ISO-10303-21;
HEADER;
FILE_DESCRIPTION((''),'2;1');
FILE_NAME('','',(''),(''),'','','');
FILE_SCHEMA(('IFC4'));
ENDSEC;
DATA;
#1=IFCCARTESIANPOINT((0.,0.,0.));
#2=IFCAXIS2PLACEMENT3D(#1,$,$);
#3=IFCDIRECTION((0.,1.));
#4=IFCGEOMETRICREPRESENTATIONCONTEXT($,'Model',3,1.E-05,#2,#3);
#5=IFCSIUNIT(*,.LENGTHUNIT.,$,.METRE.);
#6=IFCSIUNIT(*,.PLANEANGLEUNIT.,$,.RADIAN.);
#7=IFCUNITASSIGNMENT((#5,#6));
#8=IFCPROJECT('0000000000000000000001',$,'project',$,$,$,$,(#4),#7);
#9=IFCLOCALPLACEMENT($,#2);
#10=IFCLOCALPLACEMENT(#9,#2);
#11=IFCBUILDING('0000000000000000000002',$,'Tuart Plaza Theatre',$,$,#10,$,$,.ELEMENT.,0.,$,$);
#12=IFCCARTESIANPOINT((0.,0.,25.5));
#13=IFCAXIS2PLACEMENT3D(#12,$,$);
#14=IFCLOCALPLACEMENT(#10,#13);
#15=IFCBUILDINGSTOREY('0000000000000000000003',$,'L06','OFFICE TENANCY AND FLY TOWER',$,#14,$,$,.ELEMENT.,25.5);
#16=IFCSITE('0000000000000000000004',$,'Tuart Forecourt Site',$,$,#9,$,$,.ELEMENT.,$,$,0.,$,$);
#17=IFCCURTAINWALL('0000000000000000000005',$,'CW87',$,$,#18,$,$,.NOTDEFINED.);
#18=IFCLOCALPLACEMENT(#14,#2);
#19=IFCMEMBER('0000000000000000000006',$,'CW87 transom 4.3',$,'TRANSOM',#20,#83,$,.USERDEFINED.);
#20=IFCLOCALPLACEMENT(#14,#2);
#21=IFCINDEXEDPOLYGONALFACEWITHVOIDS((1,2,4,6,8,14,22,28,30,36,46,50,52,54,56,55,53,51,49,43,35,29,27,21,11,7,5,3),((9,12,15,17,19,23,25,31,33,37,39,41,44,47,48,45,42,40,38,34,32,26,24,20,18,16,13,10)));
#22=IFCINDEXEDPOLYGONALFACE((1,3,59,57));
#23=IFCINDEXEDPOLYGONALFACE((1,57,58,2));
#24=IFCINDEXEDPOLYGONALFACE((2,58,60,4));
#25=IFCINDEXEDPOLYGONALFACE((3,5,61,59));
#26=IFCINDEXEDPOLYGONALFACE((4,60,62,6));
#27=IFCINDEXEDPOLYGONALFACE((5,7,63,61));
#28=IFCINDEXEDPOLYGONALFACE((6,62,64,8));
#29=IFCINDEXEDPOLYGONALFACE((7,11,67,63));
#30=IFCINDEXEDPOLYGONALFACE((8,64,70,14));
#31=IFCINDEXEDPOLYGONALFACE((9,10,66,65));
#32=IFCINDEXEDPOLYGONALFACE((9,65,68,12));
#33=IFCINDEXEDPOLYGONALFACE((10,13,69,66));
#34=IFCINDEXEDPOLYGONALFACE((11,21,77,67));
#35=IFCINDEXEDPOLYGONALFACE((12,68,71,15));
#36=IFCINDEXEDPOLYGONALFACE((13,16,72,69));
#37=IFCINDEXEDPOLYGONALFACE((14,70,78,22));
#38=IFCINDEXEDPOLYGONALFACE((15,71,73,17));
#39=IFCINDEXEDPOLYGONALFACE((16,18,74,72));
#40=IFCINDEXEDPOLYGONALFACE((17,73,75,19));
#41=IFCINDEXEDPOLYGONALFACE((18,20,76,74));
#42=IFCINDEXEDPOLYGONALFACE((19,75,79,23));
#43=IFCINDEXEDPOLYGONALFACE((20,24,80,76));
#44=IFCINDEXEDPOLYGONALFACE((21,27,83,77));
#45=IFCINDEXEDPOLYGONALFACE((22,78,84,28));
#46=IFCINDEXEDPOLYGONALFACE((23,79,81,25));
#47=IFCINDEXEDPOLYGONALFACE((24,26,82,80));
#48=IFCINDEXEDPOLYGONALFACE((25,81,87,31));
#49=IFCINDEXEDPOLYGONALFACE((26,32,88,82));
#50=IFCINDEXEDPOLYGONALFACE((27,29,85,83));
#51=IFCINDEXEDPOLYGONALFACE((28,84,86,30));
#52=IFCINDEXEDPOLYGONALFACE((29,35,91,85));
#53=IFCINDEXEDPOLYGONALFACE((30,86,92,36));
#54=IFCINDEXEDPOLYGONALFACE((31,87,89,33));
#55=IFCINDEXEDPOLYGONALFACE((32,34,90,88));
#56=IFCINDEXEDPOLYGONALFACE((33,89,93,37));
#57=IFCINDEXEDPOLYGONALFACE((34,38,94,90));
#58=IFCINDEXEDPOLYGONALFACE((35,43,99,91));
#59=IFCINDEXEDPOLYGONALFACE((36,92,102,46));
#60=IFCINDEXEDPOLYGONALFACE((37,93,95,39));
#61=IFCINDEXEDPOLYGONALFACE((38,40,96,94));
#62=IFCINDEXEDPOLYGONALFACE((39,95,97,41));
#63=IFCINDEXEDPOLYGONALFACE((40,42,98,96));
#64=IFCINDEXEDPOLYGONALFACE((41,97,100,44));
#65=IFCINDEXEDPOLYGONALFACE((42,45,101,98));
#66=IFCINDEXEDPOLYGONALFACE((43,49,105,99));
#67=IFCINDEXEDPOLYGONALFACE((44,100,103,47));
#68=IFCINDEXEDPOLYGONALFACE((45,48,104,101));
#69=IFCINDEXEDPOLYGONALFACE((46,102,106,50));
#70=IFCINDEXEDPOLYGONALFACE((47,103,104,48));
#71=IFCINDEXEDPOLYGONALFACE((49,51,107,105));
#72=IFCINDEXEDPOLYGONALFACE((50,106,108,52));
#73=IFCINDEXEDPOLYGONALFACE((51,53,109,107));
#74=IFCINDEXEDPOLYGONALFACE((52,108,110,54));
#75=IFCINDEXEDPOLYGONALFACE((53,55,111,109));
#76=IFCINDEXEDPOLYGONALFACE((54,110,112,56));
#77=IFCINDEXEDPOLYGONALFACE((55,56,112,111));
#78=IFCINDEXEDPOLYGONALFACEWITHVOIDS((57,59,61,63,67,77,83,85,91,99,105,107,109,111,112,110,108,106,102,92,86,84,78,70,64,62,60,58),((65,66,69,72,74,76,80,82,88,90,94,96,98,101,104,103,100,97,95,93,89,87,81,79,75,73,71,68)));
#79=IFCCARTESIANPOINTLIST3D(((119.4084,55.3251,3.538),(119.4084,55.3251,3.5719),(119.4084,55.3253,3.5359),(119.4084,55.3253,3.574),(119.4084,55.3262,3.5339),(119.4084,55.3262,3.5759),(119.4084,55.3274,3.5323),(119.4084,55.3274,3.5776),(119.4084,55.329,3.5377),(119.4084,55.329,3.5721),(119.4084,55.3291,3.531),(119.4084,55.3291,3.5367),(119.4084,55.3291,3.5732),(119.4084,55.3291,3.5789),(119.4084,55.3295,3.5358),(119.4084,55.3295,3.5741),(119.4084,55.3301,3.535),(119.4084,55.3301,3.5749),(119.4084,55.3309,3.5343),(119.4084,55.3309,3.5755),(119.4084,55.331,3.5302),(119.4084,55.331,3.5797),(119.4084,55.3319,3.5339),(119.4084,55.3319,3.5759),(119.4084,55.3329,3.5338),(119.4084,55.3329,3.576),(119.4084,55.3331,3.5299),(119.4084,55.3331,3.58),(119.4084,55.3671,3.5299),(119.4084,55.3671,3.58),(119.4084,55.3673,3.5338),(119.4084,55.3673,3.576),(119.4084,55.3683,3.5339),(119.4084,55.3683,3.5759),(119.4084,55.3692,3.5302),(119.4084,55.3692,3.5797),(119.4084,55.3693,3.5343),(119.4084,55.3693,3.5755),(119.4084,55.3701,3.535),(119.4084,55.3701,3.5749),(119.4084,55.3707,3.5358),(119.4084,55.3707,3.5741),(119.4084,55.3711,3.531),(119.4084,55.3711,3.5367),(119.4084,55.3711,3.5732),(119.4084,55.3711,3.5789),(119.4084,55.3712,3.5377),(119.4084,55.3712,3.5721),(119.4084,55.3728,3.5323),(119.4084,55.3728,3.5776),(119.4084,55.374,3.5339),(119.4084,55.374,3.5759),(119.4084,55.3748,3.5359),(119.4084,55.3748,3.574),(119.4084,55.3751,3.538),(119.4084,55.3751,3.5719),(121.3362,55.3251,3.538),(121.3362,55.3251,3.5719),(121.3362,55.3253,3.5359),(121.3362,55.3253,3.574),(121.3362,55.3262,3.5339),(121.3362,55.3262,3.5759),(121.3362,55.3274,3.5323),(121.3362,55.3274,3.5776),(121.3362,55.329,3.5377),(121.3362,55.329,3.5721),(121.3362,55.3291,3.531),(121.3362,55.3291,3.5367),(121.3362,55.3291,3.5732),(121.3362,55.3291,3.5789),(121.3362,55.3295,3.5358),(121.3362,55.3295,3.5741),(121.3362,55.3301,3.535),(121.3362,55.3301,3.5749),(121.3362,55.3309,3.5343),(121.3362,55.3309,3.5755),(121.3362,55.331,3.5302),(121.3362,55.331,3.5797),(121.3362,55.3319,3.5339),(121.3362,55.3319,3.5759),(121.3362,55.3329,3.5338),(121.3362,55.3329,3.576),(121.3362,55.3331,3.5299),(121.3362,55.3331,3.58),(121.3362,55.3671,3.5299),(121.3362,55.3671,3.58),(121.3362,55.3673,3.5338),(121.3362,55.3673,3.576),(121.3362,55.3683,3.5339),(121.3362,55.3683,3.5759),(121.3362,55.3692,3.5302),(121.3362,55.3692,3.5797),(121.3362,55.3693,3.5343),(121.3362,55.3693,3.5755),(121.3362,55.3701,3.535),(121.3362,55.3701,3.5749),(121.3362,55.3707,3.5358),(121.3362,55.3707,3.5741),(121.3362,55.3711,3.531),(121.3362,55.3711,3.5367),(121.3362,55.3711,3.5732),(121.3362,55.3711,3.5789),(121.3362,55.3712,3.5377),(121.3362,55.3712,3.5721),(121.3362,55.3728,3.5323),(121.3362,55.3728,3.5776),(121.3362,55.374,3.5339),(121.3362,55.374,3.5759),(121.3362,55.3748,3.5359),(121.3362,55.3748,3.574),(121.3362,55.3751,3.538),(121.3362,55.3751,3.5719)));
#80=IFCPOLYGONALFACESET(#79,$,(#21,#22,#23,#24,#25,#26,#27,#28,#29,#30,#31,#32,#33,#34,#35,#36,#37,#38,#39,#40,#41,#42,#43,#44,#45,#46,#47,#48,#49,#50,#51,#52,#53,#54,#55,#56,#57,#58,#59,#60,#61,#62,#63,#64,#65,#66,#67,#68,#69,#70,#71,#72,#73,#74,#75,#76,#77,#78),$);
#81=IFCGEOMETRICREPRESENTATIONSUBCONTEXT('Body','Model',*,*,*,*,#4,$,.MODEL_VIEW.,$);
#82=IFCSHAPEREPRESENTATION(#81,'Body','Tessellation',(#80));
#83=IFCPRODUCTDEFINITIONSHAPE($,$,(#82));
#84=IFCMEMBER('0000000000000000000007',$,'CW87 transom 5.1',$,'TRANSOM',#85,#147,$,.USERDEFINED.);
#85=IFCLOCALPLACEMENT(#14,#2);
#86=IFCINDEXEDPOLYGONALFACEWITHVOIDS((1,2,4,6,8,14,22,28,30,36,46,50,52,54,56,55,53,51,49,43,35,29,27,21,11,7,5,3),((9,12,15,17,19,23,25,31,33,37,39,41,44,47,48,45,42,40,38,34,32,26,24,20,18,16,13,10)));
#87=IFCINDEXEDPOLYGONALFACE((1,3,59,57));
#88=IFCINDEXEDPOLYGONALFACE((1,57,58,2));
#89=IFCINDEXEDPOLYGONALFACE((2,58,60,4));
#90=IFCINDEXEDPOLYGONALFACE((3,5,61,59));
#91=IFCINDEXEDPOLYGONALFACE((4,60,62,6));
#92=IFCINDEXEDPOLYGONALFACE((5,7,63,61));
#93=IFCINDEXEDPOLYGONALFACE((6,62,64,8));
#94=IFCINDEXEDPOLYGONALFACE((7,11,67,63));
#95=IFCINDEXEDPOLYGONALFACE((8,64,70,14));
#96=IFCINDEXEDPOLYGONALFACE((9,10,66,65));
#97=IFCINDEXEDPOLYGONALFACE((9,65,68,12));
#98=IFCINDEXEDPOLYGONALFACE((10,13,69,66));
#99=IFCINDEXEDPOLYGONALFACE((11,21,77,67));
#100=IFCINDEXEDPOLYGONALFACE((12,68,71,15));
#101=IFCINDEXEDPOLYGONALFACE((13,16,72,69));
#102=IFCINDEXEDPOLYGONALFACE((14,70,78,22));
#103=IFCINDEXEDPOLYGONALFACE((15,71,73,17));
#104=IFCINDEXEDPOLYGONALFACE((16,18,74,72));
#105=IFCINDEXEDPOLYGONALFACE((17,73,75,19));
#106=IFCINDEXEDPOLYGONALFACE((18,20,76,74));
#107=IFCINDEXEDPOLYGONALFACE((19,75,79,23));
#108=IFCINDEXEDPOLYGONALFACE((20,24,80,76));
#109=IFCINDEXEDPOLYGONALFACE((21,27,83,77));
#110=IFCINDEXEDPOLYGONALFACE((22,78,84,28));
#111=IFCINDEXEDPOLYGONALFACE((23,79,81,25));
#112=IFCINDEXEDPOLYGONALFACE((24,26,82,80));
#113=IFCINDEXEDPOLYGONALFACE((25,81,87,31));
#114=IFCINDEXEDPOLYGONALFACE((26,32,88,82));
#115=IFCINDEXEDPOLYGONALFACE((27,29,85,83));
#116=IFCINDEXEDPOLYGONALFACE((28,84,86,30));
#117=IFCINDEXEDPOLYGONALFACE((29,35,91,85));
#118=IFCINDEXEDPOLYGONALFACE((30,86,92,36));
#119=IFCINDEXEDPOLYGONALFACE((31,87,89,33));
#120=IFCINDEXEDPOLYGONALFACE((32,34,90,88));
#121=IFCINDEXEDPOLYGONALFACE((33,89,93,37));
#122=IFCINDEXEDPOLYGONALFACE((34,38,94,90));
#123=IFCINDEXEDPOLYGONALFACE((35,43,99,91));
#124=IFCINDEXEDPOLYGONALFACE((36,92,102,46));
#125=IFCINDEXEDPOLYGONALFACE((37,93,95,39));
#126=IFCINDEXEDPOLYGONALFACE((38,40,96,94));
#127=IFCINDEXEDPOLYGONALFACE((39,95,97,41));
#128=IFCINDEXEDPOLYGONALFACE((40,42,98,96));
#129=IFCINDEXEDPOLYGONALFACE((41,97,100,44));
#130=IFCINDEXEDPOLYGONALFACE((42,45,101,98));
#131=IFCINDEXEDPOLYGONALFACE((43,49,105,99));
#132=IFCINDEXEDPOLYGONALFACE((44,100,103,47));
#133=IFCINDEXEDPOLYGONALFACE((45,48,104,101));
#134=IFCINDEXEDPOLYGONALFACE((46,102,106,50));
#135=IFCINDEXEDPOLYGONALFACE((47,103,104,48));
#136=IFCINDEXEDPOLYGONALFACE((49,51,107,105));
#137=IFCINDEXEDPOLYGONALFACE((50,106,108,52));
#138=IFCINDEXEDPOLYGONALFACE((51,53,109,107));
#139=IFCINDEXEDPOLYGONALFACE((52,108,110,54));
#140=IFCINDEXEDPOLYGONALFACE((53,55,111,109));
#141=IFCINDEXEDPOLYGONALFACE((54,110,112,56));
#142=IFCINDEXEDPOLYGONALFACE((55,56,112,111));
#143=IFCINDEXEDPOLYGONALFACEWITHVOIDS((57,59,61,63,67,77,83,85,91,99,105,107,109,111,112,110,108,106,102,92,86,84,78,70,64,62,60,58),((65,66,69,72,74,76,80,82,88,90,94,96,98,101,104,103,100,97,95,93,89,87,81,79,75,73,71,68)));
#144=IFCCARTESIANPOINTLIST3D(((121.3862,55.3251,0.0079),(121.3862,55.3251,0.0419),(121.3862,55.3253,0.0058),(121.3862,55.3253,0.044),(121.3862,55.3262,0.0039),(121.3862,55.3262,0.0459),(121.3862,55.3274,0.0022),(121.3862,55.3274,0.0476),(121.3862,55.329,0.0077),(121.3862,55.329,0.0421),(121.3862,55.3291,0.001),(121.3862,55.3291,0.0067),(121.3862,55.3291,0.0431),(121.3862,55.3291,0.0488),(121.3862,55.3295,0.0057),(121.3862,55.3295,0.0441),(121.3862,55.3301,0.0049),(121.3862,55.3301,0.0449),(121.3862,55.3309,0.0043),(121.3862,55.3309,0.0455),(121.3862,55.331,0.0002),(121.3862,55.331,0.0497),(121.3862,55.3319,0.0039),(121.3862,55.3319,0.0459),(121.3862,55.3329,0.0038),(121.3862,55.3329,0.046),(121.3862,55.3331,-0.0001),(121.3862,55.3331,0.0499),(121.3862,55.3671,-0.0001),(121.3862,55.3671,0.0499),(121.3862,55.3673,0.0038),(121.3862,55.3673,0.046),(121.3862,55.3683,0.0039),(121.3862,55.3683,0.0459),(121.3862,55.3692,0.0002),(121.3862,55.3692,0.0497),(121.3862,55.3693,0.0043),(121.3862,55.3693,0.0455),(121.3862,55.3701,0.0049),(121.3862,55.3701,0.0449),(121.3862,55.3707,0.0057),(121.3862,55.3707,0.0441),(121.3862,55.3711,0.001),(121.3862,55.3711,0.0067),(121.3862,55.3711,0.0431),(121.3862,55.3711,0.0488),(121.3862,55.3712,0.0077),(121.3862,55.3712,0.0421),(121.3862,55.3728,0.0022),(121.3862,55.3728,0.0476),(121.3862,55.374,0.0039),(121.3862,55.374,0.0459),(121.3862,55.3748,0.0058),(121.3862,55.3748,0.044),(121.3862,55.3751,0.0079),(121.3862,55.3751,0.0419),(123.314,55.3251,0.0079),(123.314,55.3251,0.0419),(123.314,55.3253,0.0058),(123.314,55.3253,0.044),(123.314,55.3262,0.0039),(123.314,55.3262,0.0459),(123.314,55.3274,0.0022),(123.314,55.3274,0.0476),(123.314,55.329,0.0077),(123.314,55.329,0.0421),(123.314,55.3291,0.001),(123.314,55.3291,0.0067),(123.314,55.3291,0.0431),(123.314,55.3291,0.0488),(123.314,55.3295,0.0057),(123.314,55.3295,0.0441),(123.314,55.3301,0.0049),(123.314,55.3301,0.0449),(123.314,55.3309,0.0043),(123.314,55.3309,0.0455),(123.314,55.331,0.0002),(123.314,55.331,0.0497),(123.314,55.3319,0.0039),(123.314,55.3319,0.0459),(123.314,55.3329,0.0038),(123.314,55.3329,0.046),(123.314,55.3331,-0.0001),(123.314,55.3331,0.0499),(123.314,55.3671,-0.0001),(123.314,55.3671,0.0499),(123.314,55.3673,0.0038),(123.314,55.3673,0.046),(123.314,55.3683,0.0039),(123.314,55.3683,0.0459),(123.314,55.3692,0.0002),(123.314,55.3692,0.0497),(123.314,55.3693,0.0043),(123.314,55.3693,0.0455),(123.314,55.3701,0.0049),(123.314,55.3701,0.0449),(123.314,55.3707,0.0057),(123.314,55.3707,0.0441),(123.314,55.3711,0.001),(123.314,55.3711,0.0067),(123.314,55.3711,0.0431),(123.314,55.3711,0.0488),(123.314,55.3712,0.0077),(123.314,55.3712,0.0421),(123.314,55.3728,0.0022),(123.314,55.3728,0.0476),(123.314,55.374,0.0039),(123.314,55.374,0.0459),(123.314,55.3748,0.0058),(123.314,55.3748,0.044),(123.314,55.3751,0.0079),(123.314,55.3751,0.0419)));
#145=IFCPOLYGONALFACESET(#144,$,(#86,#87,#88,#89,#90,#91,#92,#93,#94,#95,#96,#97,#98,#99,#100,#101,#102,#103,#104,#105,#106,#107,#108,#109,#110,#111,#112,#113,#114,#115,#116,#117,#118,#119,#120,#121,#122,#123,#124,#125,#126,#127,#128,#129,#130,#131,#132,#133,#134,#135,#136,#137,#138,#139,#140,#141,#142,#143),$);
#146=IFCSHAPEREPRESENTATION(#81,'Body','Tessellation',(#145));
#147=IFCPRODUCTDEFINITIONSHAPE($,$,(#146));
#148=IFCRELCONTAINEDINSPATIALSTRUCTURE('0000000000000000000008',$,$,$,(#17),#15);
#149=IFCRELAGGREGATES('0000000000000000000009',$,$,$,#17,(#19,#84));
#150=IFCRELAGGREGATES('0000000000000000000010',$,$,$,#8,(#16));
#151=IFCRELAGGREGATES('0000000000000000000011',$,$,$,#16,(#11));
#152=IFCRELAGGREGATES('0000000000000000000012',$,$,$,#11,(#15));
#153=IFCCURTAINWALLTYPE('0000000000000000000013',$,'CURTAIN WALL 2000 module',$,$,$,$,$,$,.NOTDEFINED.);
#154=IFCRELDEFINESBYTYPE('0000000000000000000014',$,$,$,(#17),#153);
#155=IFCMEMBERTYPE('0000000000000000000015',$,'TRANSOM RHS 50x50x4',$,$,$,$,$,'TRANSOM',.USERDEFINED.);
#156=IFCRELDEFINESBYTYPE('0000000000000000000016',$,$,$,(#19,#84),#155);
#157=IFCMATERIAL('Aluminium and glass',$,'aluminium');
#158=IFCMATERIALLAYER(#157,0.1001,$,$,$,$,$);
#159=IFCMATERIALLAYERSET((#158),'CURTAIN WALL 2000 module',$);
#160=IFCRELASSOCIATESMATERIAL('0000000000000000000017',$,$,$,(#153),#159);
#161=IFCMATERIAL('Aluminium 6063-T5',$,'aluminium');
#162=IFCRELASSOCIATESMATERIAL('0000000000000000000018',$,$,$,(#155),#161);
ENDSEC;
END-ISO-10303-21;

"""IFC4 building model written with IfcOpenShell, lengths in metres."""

from ifc_helpers import new_model, si_unit, direction, frame, origin, origin_2d, place, context, subcontext, project, spatial, hollow_rectangle, extrude, material, layer, layer_set, material_profile, profile_set, type_object, element, aggregate, save


model = new_model("IFC4")

# Units and contexts
model_context = context("Model", 3, precision=1e-05, world=origin(), true_north=direction((0.0, 1.0)))
body_context = subcontext(model_context, "Body", "Model", "MODEL_VIEW")
ifc_project = project(units=[si_unit("LENGTHUNIT", "METRE"), si_unit("PLANEANGLEUNIT", "RADIAN")], contexts=[model_context])

# Site, building, storey
site_placement = place(None, origin())
site = spatial("IfcSite", under=ifc_project, at=site_placement, Name="Tuart Forecourt Site", CompositionType="ELEMENT", RefElevation=0.0)
building_placement = place(site_placement, origin())
building = spatial("IfcBuilding", under=site, at=building_placement, Name="Tuart Plaza Theatre", CompositionType="ELEMENT", ElevationOfRefHeight=0.0)
storey_placement = place(building_placement, frame((0.0, 0.0, 25.5)))
storey = spatial("IfcBuildingStorey", under=building, at=storey_placement, Name="L06", Description="OFFICE TENANCY AND FLY TOWER", CompositionType="ELEMENT", Elevation=25.5)

# Curtain wall, members
ifc_material_1 = material(Name="Aluminium and glass", Category="aluminium")
ifc_layer_1 = layer(ifc_material_1, 0.1001)
ifc_layer_set_1 = layer_set([ifc_layer_1], Name="CURTAIN WALL 2000 module")
curtain_wall_type = type_object("IfcCurtainWallType", Name="CURTAIN WALL 2000 module", PredefinedType="NOTDEFINED", material=ifc_layer_set_1)
curtain_wall_placement = place(storey_placement, origin())
curtain_wall = element("IfcCurtainWall", 1, at=curtain_wall_placement, inside=storey, type_object=curtain_wall_type, Name="CW87", PredefinedType="NOTDEFINED")
ifc_material_2 = material(Name="Aluminium 6063-T5", Category="aluminium")
ifc_material_profile_1 = material_profile(ifc_material_2, hollow_rectangle(XDim=0.05, YDim=0.05, WallThickness=0.0039, InnerFilletRadius=0.0039, OuterFilletRadius=0.0081, at=origin_2d()), Name="RHS 50x50x4")
ifc_profile_set_1 = profile_set([ifc_material_profile_1], Name="Aluminium 6063-T5")
member_type_1 = type_object("IfcMemberType", Name="TRANSOM RHS 50x50x4", ElementType="TRANSOM", PredefinedType="USERDEFINED", material=ifc_profile_set_1)
member_1_placement = place(storey_placement, frame((119.4084, 55.3501, 3.5549), z_axis=(1.0, 0.0, 0.0), x_axis=(0.0, 1.0, 0.0)))
member_1 = element("IfcMember", 2, at=member_1_placement, type_object=member_type_1, Name="CW87 transom 4.3", ObjectType="TRANSOM", PredefinedType="USERDEFINED", context=body_context, shape_type="SweptSolid", body=[
    extrude(hollow_rectangle(XDim=0.05, YDim=0.05, WallThickness=0.0039, InnerFilletRadius=0.0039, OuterFilletRadius=0.0081, at=origin_2d()), origin(), (0.0, 0.0, 1.0), 1.9277),
])
member_2_placement = place(storey_placement, frame((121.3862, 55.3501, 0.0249), z_axis=(1.0, 0.0, 0.0), x_axis=(0.0, 1.0, 0.0)))
member_2 = element("IfcMember", 3, at=member_2_placement, type_object=member_type_1, Name="CW87 transom 5.1", ObjectType="TRANSOM", PredefinedType="USERDEFINED", context=body_context, shape_type="SweptSolid", body=[
    extrude(hollow_rectangle(XDim=0.05, YDim=0.05, WallThickness=0.0039, InnerFilletRadius=0.0039, OuterFilletRadius=0.0081, at=origin_2d()), origin(), (0.0, 0.0, 1.0), 1.9277),
])
aggregate(curtain_wall, [member_1, member_2])

save(model, "model.ifc")
